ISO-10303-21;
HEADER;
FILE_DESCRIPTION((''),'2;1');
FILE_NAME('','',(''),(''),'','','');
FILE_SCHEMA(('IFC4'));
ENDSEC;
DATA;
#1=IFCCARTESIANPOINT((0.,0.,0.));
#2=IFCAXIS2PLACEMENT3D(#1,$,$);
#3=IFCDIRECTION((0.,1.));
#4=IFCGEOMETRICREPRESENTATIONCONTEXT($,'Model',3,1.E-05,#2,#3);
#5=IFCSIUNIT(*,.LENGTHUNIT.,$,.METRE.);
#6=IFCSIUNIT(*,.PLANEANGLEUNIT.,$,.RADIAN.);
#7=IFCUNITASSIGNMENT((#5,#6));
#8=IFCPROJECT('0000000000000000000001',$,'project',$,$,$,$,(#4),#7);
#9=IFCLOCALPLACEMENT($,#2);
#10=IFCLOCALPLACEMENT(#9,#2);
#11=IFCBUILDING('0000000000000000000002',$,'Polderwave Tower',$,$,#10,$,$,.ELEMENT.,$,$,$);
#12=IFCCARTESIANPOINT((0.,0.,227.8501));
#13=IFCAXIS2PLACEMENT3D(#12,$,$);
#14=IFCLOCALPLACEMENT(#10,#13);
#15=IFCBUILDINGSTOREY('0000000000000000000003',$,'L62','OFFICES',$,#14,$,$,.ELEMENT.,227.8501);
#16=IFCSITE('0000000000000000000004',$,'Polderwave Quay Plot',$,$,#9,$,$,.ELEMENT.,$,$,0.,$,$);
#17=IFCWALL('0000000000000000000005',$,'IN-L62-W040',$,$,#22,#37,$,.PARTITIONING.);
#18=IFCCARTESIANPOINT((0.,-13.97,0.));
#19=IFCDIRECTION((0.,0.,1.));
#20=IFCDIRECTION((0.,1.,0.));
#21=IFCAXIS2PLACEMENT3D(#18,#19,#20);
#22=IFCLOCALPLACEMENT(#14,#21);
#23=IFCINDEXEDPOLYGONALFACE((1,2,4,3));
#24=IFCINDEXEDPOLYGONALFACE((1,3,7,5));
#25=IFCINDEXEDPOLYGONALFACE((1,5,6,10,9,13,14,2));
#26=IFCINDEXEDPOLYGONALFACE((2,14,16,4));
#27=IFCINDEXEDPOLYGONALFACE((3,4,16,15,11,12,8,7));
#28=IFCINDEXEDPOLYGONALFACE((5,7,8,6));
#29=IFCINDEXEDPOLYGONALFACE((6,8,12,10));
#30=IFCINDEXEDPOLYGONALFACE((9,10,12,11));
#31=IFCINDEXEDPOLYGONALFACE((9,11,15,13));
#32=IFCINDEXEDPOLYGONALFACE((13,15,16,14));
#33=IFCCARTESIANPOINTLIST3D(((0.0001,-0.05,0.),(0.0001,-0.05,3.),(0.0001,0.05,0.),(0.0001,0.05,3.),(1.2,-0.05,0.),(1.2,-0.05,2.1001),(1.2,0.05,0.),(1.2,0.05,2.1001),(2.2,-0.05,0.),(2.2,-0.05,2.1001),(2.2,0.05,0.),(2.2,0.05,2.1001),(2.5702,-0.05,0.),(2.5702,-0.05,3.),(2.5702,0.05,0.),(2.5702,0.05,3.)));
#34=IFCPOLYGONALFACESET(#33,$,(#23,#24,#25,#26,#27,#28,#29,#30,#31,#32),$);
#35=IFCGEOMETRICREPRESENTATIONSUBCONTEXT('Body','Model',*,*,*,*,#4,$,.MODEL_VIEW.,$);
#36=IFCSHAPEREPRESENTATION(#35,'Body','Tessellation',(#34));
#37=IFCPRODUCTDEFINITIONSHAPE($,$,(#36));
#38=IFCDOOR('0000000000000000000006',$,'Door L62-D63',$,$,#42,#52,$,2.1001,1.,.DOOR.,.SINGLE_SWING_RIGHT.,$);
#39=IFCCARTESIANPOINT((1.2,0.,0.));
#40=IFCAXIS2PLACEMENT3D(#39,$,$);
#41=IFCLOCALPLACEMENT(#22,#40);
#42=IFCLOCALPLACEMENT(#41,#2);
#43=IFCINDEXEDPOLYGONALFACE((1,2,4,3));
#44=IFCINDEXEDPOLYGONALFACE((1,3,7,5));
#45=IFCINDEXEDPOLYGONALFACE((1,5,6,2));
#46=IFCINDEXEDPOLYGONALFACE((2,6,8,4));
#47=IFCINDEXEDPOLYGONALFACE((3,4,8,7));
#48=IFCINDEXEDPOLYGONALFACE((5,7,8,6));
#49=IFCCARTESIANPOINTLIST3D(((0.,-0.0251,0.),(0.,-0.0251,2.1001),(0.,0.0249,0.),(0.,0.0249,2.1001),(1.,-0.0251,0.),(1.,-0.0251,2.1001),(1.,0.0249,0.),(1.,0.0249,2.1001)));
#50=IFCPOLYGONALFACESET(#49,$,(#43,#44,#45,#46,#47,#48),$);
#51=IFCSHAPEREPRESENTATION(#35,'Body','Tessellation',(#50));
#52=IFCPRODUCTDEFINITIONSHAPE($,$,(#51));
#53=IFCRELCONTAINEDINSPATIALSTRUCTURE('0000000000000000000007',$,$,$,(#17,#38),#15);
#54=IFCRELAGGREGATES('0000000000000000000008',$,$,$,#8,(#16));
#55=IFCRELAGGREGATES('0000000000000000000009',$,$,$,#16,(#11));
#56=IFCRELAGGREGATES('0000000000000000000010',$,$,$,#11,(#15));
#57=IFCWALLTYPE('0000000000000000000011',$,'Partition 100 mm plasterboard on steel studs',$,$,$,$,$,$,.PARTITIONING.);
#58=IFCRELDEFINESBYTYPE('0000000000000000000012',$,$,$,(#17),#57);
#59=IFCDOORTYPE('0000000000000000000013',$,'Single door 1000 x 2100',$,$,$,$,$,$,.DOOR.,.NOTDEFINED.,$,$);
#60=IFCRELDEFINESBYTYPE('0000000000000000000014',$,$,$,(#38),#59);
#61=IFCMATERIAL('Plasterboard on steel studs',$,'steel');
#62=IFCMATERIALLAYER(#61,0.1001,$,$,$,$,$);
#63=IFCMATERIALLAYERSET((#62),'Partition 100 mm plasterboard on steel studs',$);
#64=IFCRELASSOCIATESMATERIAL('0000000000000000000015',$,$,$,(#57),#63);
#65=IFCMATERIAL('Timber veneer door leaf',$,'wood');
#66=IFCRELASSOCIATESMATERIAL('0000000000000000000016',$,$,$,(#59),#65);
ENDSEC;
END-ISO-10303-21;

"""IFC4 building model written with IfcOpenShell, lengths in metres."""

from ifc_helpers import new_model, si_unit, direction, frame, frame_2d, origin, place, context, subcontext, project, spatial, rectangle, extrude, material, layer, layer_set, type_object, element, fill, save


model = new_model("IFC4")

# Units and contexts
model_context = context("Model", 3, precision=1e-05, world=origin(), true_north=direction((0.0, 1.0)))
body_context = subcontext(model_context, "Body", "Model", "MODEL_VIEW")
ifc_project = project(units=[si_unit("LENGTHUNIT", "METRE"), si_unit("PLANEANGLEUNIT", "RADIAN")], contexts=[model_context])

# Site, building, storey
site_placement = place(None, origin())
site = spatial("IfcSite", under=ifc_project, at=site_placement, Name="Polderwave Quay Plot", CompositionType="ELEMENT", RefElevation=0.0)
building_placement = place(site_placement, origin())
building = spatial("IfcBuilding", under=site, at=building_placement, Name="Polderwave Tower", CompositionType="ELEMENT")
storey_placement = place(building_placement, frame((0.0, 0.0, 227.8501)))
storey = spatial("IfcBuildingStorey", under=building, at=storey_placement, Name="L62", Description="OFFICES", CompositionType="ELEMENT", Elevation=227.8501)

# Wall, opening, door
ifc_material_1 = material(Name="Plasterboard on steel studs", Category="steel")
ifc_layer_1 = layer(ifc_material_1, 0.1001)
ifc_layer_set_1 = layer_set([ifc_layer_1], Name="Partition 100 mm plasterboard on steel studs")
wall_type_1 = type_object("IfcWallType", Name="Partition 100 mm plasterboard on steel studs", PredefinedType="PARTITIONING", material=ifc_layer_set_1)
wall_1_placement = place(storey_placement, frame((0.0, -13.97, 0.0), z_axis=(0.0, 0.0, 1.0), x_axis=(0.0, 1.0, 0.0)))
wall_1 = element("IfcWall", 1, at=wall_1_placement, inside=storey, type_object=wall_type_1, Name="IN-L62-W040", PredefinedType="PARTITIONING", context=body_context, shape_type="SweptSolid", body=[
    extrude(rectangle(XDim=2.5701, YDim=0.1001, at=frame_2d((1.2852, 0.0))), origin(), (0.0, 0.0, 1.0), 3.0),
])
opening_1_placement = place(wall_1_placement, frame((1.2, 0.0, 0.0)))
opening_1 = element("IfcOpeningElement", 2, at=opening_1_placement, cuts=wall_1, PredefinedType="OPENING", context=body_context, shape_type="SweptSolid", body=[
    extrude(rectangle(XDim=1.0, YDim=2.1001, at=frame_2d((0.5, 1.05))), frame((0.0, 0.0601, 0.0), z_axis=(0.0, -1.0, 0.0), x_axis=(1.0, 0.0, 0.0)), (0.0, 0.0, 1.0), 0.1201),
])
ifc_material_2 = material(Name="Timber veneer door leaf", Category="wood")
door_type = type_object("IfcDoorType", Name="Single door 1000 x 2100", OperationType="NOTDEFINED", PredefinedType="DOOR", material=ifc_material_2)
door_1_placement = place(opening_1_placement, origin())
door_1 = element("IfcDoor", 3, at=door_1_placement, inside=storey, type_object=door_type, Name="Door L62-D63", OperationType="SINGLE_SWING_RIGHT", OverallHeight=2.1001, OverallWidth=1.0, PredefinedType="DOOR", context=body_context, shape_type="SweptSolid", body=[
    extrude(rectangle(XDim=1.0, YDim=2.1001, at=frame_2d((0.5, 1.05))), frame((0.0, 0.0249, 0.0), z_axis=(0.0, -1.0, 0.0), x_axis=(1.0, 0.0, 0.0)), (0.0, 0.0, 1.0), 0.05),
])
fill(opening_1, door_1)

save(model, "model.ifc")
